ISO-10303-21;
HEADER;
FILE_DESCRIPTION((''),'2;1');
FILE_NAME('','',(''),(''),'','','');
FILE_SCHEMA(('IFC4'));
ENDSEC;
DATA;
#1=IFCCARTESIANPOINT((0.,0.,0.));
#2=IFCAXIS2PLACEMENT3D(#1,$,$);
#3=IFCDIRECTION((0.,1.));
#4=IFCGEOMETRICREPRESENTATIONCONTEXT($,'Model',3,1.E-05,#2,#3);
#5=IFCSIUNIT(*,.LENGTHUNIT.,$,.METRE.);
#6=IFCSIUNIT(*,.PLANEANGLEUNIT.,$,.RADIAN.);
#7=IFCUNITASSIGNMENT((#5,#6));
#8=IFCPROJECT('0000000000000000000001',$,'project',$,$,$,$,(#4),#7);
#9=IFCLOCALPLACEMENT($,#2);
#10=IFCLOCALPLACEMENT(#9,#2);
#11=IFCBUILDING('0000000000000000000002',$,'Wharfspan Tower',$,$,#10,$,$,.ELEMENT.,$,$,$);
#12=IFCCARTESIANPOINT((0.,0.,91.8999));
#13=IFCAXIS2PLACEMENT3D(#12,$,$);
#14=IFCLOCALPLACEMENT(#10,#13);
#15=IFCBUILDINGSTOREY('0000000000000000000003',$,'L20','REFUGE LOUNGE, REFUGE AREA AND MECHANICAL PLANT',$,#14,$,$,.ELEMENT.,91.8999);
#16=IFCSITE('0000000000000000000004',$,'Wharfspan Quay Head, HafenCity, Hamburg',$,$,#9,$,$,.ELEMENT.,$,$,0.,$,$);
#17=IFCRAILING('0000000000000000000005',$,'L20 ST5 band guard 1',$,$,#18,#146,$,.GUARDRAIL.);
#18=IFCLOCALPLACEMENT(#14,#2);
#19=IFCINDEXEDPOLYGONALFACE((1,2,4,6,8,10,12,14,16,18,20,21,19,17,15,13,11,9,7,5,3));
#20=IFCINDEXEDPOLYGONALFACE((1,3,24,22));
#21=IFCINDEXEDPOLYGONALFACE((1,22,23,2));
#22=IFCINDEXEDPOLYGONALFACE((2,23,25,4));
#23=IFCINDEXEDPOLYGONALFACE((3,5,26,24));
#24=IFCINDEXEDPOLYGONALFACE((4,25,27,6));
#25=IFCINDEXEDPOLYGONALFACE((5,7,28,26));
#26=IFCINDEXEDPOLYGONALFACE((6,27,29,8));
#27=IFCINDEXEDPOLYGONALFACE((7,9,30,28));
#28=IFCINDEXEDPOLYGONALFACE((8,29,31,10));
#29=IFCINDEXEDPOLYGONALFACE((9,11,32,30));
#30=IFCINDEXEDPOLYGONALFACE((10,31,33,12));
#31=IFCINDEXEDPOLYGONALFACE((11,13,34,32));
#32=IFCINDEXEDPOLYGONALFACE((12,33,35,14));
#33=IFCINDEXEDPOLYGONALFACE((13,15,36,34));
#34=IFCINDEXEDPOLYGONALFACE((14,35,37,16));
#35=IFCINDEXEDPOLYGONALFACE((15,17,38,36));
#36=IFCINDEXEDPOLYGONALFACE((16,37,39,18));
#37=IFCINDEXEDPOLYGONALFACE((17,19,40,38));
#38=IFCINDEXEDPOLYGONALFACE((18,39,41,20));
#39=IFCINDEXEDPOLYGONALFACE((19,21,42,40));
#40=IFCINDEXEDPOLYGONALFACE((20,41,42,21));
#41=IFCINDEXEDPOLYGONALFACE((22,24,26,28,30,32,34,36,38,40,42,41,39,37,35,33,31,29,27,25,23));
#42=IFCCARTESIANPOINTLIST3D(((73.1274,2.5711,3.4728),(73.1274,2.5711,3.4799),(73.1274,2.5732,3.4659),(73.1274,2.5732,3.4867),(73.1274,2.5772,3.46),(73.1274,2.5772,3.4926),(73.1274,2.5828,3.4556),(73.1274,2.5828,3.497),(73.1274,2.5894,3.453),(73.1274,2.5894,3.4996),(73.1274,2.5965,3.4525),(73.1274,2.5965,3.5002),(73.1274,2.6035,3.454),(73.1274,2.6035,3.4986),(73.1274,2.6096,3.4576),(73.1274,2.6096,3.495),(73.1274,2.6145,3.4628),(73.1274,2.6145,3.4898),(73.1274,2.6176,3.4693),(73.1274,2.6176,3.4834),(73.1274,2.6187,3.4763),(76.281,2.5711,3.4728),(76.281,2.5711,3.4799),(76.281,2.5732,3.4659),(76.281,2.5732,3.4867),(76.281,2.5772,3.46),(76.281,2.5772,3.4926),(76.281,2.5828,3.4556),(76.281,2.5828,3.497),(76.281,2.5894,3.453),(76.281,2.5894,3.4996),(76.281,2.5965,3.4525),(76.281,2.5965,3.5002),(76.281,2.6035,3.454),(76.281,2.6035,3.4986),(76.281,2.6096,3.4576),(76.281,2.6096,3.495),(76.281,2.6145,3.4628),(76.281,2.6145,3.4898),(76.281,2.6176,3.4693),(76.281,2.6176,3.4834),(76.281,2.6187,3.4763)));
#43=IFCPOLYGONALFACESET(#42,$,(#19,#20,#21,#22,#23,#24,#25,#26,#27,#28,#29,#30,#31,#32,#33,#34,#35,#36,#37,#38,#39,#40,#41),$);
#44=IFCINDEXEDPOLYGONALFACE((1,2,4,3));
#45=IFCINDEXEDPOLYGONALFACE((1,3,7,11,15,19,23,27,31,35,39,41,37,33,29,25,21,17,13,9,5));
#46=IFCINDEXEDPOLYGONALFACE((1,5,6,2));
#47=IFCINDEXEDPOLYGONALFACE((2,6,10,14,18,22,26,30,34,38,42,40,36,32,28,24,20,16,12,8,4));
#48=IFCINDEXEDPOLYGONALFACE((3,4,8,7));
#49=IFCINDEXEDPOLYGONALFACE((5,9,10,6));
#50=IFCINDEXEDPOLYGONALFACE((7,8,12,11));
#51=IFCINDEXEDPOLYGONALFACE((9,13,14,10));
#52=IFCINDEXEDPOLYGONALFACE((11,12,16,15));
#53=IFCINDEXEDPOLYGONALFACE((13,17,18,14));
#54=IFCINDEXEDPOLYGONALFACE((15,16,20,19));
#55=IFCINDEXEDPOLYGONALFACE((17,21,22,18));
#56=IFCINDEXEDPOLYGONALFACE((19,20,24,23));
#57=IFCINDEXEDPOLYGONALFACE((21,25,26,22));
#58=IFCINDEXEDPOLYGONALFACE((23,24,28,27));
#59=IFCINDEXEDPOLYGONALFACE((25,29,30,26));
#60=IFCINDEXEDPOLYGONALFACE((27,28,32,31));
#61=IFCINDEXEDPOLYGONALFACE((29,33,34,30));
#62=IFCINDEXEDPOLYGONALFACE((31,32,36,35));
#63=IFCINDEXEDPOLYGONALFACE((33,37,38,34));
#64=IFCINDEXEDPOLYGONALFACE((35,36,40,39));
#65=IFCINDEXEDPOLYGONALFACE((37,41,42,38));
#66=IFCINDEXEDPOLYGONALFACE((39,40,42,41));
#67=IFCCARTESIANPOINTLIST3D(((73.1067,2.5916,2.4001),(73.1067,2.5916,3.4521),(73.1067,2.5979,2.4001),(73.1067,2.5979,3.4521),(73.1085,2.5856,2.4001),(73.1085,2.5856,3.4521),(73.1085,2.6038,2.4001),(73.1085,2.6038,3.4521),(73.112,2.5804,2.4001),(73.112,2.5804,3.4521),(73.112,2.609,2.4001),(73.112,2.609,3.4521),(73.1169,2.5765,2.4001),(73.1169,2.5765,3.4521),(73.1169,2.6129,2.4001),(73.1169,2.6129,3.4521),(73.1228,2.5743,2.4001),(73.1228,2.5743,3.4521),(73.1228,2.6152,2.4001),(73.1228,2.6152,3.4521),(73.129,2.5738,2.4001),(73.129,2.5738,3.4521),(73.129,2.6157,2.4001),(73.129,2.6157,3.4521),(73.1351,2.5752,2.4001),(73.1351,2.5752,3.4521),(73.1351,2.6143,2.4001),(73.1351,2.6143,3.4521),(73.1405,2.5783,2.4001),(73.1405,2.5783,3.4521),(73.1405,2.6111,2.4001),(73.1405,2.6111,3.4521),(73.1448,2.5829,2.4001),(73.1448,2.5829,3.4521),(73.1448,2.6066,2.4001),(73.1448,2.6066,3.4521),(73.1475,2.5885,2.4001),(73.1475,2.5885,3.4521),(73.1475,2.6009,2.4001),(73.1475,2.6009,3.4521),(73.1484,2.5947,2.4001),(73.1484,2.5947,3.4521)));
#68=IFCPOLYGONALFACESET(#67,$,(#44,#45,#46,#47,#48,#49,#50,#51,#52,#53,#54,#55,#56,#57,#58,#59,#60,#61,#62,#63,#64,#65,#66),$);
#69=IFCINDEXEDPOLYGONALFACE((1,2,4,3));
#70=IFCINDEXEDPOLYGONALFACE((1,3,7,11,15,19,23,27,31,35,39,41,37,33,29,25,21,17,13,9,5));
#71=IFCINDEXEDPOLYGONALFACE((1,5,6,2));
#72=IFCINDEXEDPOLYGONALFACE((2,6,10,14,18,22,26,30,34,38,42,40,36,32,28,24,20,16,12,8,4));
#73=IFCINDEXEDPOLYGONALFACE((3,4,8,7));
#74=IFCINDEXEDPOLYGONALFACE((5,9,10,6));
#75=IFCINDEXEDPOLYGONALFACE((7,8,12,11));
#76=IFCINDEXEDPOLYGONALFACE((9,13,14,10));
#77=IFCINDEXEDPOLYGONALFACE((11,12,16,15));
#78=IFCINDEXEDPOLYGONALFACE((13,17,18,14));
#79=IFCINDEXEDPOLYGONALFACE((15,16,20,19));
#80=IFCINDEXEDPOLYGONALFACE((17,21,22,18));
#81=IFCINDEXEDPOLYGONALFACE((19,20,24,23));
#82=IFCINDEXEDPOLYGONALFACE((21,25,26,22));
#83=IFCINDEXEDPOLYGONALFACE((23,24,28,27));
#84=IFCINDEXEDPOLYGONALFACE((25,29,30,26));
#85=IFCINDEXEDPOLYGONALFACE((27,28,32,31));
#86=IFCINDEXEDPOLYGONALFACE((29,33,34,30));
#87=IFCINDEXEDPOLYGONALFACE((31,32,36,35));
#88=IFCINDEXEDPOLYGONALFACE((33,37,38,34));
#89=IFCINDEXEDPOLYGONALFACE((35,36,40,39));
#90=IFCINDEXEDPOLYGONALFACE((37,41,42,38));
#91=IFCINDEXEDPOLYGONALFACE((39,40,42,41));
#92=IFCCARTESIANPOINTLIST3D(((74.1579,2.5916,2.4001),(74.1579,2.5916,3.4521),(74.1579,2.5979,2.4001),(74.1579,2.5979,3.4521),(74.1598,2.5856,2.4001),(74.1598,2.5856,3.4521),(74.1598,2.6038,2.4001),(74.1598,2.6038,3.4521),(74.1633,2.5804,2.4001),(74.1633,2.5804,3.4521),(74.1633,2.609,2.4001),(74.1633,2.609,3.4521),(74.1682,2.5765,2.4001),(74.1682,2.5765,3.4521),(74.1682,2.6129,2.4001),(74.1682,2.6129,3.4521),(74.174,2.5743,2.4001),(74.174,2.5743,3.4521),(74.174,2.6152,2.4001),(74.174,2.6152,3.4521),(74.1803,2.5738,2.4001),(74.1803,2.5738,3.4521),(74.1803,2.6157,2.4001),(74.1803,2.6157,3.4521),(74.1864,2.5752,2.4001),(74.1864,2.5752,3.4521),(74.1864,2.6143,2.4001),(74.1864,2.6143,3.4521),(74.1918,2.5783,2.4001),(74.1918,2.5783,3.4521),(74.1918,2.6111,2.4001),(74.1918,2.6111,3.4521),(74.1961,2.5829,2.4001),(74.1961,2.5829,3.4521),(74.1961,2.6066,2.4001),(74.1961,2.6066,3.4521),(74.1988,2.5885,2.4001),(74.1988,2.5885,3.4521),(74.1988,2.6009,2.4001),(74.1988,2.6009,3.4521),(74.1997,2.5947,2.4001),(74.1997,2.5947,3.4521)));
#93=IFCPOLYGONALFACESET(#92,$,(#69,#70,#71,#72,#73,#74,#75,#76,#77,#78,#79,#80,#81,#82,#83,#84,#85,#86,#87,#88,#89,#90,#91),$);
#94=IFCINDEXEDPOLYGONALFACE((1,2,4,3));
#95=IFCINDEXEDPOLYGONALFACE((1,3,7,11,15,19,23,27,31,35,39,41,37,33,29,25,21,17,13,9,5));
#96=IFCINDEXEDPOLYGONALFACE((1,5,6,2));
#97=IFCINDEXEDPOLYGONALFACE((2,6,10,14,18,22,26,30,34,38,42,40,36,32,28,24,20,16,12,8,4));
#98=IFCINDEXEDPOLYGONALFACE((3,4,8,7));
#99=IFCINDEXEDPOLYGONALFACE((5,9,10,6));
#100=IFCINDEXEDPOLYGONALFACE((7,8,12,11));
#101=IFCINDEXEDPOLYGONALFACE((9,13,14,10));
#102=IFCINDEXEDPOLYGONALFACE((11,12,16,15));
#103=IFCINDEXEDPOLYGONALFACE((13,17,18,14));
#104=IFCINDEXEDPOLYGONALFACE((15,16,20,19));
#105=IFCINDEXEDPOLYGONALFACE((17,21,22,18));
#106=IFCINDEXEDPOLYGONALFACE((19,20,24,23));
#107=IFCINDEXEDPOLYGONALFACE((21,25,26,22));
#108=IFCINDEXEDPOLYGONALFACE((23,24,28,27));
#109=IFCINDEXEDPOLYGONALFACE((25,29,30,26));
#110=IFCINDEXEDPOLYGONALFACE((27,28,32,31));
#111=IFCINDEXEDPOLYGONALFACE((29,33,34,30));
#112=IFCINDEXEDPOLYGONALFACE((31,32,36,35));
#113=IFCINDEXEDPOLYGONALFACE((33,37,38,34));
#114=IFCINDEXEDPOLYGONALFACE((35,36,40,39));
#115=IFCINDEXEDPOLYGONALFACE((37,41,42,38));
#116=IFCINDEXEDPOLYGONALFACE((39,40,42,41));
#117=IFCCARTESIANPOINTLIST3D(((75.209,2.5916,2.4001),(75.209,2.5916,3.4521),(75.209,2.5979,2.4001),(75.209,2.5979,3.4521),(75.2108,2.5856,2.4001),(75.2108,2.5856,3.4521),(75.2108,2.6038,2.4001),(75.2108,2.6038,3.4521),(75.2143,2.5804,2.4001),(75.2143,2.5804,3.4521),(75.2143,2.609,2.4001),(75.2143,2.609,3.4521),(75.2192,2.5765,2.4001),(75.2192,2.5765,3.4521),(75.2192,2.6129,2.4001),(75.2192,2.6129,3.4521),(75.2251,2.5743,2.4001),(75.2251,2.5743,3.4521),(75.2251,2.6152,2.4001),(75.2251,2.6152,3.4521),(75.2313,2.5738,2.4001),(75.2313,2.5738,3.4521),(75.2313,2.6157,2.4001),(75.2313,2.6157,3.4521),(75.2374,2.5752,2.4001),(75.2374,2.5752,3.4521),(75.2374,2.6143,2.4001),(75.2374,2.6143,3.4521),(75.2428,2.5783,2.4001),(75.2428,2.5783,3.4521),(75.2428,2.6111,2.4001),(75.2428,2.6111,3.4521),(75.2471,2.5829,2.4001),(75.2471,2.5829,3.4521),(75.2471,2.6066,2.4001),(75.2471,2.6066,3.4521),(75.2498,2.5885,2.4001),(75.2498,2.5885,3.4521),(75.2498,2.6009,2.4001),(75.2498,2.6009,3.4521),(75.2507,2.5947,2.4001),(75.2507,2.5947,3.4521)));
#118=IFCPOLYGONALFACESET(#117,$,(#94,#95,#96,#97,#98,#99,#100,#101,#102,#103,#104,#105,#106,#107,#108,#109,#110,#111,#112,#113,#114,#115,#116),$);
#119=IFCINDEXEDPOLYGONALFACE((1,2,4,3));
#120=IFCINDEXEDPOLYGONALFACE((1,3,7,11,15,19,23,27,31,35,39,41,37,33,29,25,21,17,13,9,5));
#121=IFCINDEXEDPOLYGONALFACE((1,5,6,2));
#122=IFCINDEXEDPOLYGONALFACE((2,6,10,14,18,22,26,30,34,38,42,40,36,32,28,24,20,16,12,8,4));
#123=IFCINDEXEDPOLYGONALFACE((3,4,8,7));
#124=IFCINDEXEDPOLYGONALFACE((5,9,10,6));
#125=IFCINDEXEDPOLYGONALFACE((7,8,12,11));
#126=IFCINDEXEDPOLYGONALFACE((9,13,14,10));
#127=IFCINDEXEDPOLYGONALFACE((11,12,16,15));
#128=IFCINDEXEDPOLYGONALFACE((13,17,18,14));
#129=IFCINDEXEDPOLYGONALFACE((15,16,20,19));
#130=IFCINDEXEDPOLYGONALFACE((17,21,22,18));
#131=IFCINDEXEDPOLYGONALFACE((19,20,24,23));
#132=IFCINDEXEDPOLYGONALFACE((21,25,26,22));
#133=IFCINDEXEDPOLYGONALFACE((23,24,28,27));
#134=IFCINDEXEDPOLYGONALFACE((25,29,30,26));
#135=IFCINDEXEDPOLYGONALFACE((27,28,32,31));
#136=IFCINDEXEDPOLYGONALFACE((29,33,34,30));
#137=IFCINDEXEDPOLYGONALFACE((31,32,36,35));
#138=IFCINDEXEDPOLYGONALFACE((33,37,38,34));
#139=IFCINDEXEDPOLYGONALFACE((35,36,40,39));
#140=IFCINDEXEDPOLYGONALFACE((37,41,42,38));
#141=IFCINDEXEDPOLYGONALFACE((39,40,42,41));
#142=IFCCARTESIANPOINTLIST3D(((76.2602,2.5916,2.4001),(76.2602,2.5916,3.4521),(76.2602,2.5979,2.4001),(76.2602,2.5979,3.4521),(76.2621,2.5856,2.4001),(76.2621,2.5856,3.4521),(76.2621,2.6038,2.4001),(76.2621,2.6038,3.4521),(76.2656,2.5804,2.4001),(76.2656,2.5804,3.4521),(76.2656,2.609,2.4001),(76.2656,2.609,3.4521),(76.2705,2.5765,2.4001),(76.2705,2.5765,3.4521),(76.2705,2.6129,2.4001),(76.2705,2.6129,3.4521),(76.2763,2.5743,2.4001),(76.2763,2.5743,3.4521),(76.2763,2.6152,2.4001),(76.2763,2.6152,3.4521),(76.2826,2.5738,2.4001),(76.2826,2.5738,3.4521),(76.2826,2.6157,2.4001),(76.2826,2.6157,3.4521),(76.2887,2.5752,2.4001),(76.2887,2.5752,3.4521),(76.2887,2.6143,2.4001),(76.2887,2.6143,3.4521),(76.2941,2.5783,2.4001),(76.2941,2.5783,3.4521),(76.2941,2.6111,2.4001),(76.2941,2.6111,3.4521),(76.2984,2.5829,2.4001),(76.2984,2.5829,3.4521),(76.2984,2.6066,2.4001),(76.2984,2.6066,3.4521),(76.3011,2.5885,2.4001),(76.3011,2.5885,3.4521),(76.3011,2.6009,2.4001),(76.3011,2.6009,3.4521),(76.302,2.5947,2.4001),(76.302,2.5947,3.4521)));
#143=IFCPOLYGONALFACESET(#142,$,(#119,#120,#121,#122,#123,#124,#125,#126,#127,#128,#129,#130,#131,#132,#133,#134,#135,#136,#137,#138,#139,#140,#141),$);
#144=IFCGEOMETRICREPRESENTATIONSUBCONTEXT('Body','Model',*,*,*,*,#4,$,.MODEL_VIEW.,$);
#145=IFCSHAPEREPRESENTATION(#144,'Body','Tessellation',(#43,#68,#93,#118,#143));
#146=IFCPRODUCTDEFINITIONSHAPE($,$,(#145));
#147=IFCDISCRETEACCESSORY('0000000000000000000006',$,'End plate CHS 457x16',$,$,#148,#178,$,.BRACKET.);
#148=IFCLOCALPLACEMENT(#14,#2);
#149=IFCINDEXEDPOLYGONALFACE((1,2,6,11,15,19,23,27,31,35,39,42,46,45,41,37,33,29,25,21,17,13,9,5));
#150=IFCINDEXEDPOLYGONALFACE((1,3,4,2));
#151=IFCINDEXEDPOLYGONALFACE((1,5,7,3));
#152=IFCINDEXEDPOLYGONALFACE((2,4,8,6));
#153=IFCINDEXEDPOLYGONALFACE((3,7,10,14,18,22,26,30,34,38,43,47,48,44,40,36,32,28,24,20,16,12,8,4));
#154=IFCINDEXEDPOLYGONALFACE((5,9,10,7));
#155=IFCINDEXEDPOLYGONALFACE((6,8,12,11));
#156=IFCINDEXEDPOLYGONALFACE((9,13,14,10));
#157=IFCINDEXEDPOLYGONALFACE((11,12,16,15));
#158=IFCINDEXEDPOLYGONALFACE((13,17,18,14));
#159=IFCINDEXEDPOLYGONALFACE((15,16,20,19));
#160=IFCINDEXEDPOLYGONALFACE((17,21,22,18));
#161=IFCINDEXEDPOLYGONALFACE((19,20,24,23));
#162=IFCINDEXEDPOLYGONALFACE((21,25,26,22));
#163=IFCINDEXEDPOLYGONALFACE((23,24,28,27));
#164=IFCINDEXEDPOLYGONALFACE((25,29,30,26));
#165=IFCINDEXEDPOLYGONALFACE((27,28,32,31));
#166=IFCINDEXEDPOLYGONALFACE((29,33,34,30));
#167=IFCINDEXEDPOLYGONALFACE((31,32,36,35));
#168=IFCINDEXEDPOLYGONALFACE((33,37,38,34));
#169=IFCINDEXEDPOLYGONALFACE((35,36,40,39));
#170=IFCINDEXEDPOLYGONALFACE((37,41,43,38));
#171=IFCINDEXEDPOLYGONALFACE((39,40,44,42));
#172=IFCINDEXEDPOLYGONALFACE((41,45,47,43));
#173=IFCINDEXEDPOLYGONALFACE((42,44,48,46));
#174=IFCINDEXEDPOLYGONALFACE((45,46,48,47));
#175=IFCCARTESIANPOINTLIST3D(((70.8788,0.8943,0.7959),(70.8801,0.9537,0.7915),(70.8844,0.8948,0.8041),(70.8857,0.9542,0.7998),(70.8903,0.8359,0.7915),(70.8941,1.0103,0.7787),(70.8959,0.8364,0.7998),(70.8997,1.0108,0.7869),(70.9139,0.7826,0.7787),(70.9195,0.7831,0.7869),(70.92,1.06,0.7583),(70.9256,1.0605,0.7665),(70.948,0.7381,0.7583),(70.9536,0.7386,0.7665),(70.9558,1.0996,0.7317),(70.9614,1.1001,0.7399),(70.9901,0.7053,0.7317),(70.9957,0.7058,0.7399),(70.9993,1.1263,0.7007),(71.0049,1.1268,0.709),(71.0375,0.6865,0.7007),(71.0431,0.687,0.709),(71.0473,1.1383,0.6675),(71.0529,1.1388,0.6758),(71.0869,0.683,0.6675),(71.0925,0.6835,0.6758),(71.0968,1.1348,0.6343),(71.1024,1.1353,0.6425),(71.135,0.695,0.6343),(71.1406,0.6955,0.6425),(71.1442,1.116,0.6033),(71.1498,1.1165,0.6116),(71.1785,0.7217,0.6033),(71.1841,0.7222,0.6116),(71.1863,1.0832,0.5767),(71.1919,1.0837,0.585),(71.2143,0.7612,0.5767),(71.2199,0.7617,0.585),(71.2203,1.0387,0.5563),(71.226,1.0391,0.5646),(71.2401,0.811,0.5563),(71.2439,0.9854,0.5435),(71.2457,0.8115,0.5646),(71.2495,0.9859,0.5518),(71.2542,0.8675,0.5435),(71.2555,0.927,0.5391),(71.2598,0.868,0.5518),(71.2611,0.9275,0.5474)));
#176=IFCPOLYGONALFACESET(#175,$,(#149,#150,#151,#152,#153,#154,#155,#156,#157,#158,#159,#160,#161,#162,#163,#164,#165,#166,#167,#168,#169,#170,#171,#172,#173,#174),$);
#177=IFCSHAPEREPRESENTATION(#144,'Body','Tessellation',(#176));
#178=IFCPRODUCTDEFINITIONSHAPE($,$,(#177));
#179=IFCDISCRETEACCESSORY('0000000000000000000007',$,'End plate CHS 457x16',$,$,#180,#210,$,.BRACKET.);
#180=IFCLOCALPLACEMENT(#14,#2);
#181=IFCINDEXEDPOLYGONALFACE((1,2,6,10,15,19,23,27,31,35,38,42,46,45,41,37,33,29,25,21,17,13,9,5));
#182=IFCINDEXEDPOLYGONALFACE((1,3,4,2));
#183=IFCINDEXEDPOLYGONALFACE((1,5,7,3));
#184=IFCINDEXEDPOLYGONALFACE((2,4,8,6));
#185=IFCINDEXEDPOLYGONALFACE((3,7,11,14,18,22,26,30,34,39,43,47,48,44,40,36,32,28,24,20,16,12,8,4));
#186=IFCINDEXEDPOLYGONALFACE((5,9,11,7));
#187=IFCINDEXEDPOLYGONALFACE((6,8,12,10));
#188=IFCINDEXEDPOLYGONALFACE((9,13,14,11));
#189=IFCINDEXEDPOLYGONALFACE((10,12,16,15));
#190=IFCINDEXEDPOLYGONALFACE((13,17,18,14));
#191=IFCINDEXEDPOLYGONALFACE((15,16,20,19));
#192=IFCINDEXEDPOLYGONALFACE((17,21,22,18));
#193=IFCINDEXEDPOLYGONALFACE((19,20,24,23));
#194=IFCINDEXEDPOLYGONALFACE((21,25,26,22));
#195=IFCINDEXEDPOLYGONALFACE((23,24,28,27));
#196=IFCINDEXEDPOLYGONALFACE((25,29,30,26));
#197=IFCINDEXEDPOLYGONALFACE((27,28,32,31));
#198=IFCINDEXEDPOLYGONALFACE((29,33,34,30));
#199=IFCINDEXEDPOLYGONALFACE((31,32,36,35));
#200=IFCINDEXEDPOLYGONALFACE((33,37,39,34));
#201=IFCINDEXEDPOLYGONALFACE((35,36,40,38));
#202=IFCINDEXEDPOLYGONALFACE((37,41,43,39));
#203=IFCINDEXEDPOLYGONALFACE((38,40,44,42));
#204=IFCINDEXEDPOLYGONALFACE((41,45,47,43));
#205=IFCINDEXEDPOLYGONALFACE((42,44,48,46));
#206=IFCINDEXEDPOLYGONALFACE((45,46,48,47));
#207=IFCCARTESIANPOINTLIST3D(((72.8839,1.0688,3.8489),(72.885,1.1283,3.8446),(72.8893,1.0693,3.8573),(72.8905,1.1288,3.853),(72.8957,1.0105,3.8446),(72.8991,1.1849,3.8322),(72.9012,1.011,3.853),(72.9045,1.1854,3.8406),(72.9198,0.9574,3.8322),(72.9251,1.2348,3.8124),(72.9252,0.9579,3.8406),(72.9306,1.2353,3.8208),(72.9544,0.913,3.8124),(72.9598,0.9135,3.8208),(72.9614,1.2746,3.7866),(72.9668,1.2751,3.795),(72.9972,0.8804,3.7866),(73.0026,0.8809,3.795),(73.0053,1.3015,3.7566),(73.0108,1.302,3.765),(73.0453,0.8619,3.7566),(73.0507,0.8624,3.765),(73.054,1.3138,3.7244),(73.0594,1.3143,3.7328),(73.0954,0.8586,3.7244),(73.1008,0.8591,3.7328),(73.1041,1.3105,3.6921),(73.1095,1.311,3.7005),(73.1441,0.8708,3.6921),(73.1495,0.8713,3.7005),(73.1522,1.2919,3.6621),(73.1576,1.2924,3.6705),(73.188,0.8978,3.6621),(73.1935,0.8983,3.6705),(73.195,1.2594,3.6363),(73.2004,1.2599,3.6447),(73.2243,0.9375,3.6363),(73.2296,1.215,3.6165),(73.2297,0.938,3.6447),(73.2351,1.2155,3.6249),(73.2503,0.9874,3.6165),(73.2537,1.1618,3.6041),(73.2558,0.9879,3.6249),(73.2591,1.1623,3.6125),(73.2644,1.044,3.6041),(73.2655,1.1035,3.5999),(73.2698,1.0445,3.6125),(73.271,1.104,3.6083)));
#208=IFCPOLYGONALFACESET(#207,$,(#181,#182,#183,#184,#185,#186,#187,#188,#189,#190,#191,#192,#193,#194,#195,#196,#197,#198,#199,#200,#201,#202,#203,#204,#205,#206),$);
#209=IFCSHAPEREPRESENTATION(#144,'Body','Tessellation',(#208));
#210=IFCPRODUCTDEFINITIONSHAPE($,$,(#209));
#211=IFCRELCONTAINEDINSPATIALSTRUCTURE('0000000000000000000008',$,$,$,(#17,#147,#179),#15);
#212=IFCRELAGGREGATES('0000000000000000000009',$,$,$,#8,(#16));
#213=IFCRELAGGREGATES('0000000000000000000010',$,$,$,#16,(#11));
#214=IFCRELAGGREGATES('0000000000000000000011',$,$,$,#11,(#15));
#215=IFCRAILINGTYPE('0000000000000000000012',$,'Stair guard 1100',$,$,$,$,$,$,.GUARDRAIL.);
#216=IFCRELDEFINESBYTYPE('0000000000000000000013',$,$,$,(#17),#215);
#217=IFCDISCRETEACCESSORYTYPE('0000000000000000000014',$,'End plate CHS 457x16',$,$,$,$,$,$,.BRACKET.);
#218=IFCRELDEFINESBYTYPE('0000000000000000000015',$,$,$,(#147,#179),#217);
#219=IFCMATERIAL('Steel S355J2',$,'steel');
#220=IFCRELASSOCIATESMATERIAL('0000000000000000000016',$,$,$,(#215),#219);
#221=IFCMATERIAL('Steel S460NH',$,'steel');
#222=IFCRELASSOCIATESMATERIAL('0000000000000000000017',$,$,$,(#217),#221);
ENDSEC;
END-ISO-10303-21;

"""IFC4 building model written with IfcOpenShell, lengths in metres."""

from ifc_helpers import new_model, si_unit, direction, frame, origin, origin_2d, place, context, subcontext, project, spatial, circle, extrude, material, material_profile, profile_set, type_object, element, save


model = new_model("IFC4")

# Units and contexts
model_context = context("Model", 3, precision=1e-05, world=origin(), true_north=direction((0.0, 1.0)))
body_context = subcontext(model_context, "Body", "Model", "MODEL_VIEW")
ifc_project = project(units=[si_unit("LENGTHUNIT", "METRE"), si_unit("PLANEANGLEUNIT", "RADIAN")], contexts=[model_context])

# Site, building, storey
site_placement = place(None, origin())
site = spatial("IfcSite", under=ifc_project, at=site_placement, Name="Wharfspan Quay Head, HafenCity, Hamburg", CompositionType="ELEMENT", RefElevation=0.0)
building_placement = place(site_placement, origin())
building = spatial("IfcBuilding", under=site, at=building_placement, Name="Wharfspan Tower", CompositionType="ELEMENT")
storey_placement = place(building_placement, frame((0.0, 0.0, 91.8999)))
storey = spatial("IfcBuildingStorey", under=building, at=storey_placement, Name="L20", Description="REFUGE LOUNGE, REFUGE AREA AND MECHANICAL PLANT", CompositionType="ELEMENT", Elevation=91.8999)

# Shared definitions
ifc_material_1 = material(Name="Steel S355J2", Category="steel")

# Shared definitions
ifc_material_2 = material(Name="Steel S460NH", Category="steel")

# Railing
railing_type = type_object("IfcRailingType", Name="Stair guard 1100", PredefinedType="GUARDRAIL", material=ifc_material_1)
railing_placement = place(storey_placement, frame((73.1274, 2.5947, 2.4001)))
element("IfcRailing", 1, at=railing_placement, inside=storey, type_object=railing_type, Name="L20 ST5 band guard 1", PredefinedType="GUARDRAIL", context=body_context, shape_type="SweptSolid", body=[
    extrude(circle(Radius=0.0239, at=origin_2d()), frame((0.0, 0.0, 1.0762), z_axis=(1.0, 0.0, 0.0), x_axis=(0.0, 1.0, 0.0)), (0.0, 0.0, 1.0), 3.1536),
    extrude(circle(Radius=0.021, at=origin_2d()), origin(), (0.0, 0.0, 1.0), 1.052),
    extrude(circle(Radius=0.021, at=origin_2d()), frame((1.0513, 0.0, 0.0)), (0.0, 0.0, 1.0), 1.052),
    extrude(circle(Radius=0.021, at=origin_2d()), frame((2.1023, 0.0, 0.0)), (0.0, 0.0, 1.0), 1.052),
    extrude(circle(Radius=0.021, at=origin_2d()), frame((3.1536, 0.0, 0.0)), (0.0, 0.0, 1.0), 1.052),
])

# Discrete accessories
ifc_material_profile_1 = material_profile(ifc_material_2, circle(Radius=0.2285, at=origin_2d()))
ifc_profile_set_1 = profile_set([ifc_material_profile_1], Name="Steel S460NH")
discrete_accessory_type_1 = type_object("IfcDiscreteAccessoryType", Name="End plate CHS 457x16", PredefinedType="BRACKET", material=ifc_profile_set_1)
for number, where, z_axis, x_axis, name in (
    (2, (71.0671, 0.9106, 0.6675), (0.559645, 0.048665, 0.827302), (-0.086627, 0.99624, -0.000002), "End plate CHS 457x16"),
    (3, (73.0747, 1.0862, 3.7244), (0.54259, 0.049326, 0.838548), (-0.090535, 0.995892, 0.0), "End plate CHS 457x16"),
):
    element("IfcDiscreteAccessory", number, at=place(storey_placement, frame(where, z_axis=z_axis, x_axis=x_axis)), inside=storey, type_object=discrete_accessory_type_1, Name=name, PredefinedType="BRACKET", context=body_context, shape_type="SweptSolid", body=[
        extrude(circle(Radius=0.2285, at=origin_2d()), origin(), (0.0, 0.0, 1.0), 0.01),
    ])

save(model, "model.ifc")
